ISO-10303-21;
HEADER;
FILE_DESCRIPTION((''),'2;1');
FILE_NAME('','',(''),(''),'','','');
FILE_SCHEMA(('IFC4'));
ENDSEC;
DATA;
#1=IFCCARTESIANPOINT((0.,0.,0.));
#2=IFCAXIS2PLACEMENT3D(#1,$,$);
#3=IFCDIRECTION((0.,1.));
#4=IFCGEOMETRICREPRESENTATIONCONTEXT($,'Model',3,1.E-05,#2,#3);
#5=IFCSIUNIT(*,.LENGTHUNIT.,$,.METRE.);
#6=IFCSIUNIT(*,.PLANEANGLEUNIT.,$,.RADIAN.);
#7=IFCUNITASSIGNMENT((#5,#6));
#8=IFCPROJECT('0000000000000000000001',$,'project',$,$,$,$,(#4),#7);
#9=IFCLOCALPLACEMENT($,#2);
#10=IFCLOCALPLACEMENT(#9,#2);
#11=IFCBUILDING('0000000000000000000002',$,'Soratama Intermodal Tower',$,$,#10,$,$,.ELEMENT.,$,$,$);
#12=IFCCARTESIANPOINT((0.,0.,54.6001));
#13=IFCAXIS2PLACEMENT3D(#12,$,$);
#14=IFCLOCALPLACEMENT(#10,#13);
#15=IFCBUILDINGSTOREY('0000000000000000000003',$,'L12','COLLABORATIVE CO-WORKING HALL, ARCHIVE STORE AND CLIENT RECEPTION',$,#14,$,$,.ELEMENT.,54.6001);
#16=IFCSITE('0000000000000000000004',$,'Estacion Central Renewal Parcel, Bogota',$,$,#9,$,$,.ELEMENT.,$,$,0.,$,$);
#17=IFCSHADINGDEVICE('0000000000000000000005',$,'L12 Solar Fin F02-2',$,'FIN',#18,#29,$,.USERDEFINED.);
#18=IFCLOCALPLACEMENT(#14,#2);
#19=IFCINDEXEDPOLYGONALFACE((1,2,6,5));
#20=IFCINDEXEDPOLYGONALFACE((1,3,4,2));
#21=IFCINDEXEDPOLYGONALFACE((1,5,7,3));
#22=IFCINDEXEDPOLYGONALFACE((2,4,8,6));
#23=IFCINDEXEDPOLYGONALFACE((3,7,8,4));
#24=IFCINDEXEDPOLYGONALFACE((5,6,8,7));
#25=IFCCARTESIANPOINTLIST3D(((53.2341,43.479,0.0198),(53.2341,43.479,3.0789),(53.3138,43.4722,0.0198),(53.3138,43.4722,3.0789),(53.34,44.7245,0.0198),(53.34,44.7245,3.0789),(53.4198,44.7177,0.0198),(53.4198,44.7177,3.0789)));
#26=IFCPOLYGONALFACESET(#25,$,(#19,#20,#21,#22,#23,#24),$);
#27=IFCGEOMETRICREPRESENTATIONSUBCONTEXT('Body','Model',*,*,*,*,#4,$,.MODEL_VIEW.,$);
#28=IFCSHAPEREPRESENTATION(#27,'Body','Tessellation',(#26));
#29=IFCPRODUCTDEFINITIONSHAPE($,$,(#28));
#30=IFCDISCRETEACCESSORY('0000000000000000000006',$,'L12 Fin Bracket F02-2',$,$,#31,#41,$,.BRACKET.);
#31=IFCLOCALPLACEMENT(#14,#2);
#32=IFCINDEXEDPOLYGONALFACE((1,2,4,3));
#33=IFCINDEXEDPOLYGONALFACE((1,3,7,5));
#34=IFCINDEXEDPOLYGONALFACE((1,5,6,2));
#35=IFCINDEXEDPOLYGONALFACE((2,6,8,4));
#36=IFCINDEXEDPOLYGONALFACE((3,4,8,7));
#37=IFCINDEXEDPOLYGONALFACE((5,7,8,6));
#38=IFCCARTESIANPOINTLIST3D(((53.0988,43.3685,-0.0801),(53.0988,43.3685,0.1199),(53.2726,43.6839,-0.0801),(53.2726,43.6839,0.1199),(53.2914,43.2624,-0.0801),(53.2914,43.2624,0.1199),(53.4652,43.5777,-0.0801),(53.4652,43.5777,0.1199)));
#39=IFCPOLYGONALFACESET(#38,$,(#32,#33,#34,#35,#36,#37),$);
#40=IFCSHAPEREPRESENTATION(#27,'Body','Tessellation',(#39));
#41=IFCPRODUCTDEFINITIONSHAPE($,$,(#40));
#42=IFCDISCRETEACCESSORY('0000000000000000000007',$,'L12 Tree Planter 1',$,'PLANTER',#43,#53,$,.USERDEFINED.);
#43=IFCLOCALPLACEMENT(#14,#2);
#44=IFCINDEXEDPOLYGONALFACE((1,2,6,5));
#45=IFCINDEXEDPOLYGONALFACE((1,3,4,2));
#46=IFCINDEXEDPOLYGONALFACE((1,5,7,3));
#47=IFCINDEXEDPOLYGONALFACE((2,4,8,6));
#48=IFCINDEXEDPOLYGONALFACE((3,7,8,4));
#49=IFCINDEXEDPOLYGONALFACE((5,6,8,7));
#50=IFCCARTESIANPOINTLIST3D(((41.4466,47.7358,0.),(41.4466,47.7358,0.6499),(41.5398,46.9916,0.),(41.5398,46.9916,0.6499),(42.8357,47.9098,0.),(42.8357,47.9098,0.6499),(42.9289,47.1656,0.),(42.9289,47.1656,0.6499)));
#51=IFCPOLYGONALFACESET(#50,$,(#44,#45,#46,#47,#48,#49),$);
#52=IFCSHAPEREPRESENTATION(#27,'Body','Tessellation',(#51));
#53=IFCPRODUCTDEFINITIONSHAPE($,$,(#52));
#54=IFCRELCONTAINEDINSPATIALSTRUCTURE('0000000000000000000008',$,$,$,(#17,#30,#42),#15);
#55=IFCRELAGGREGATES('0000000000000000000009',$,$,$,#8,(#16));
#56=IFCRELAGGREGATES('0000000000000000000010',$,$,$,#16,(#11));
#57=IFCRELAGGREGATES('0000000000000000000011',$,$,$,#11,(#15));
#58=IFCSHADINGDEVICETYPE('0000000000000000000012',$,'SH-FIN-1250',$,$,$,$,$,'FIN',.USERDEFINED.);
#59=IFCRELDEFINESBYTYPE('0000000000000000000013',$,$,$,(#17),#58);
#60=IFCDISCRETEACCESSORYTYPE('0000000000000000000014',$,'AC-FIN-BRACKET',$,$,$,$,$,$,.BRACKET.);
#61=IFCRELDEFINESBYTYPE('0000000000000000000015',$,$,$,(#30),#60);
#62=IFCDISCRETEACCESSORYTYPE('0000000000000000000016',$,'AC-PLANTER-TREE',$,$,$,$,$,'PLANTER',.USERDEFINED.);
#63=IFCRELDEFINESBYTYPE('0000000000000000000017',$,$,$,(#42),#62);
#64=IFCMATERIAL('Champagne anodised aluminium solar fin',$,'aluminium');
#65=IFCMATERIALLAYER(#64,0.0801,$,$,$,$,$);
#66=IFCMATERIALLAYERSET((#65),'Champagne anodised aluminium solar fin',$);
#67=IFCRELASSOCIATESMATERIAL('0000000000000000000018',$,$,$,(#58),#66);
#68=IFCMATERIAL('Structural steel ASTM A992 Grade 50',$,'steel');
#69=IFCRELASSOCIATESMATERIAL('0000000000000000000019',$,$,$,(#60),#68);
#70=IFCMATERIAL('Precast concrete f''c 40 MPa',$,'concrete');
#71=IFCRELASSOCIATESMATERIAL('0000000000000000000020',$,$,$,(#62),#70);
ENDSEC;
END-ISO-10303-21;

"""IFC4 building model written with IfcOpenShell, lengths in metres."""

from ifc_helpers import new_model, si_unit, direction, frame, origin, origin_2d, place, context, subcontext, project, spatial, rectangle, extrude, material, layer, layer_set, type_object, element, save


model = new_model("IFC4")

# Units and contexts
model_context = context("Model", 3, precision=1e-05, world=origin(), true_north=direction((0.0, 1.0)))
body_context = subcontext(model_context, "Body", "Model", "MODEL_VIEW")
ifc_project = project(units=[si_unit("LENGTHUNIT", "METRE"), si_unit("PLANEANGLEUNIT", "RADIAN")], contexts=[model_context])

# Site, building, storey
site_placement = place(None, origin())
site = spatial("IfcSite", under=ifc_project, at=site_placement, Name="Estacion Central Renewal Parcel, Bogota", CompositionType="ELEMENT", RefElevation=0.0)
building_placement = place(site_placement, origin())
building = spatial("IfcBuilding", under=site, at=building_placement, Name="Soratama Intermodal Tower", CompositionType="ELEMENT")
storey_placement = place(building_placement, frame((0.0, 0.0, 54.6001)))
storey = spatial("IfcBuildingStorey", under=building, at=storey_placement, Name="L12", Description="COLLABORATIVE CO-WORKING HALL, ARCHIVE STORE AND CLIENT RECEPTION", CompositionType="ELEMENT", Elevation=54.6001)

# Shading device
ifc_material_1 = material(Name="Champagne anodised aluminium solar fin", Category="aluminium")
ifc_layer_1 = layer(ifc_material_1, 0.0801)
ifc_layer_set_1 = layer_set([ifc_layer_1], Name="Champagne anodised aluminium solar fin")
shading_device_type = type_object("IfcShadingDeviceType", Name="SH-FIN-1250", ElementType="FIN", PredefinedType="USERDEFINED", material=ifc_layer_set_1)
shading_device_placement = place(storey_placement, frame((53.3269, 44.0984, 0.0198), z_axis=(0.0, 0.0, 1.0), x_axis=(0.084721, 0.996405, 0.0)))
element("IfcShadingDevice", 1, at=shading_device_placement, inside=storey, type_object=shading_device_type, Name="L12 Solar Fin F02-2", ObjectType="FIN", PredefinedType="USERDEFINED", context=body_context, shape_type="SweptSolid", body=[
    extrude(rectangle(XDim=1.25, YDim=0.0801, at=origin_2d()), origin(), (0.0, 0.0, 1.0), 3.0591),
])

# Discrete accessories
ifc_material_2 = material(Name="Structural steel ASTM A992 Grade 50", Category="steel")
discrete_accessory_type_1 = type_object("IfcDiscreteAccessoryType", Name="AC-FIN-BRACKET", PredefinedType="BRACKET", material=ifc_material_2)
discrete_accessory_1_placement = place(storey_placement, frame((53.282, 43.4731, -0.0801), z_axis=(0.0, 0.0, 1.0), x_axis=(0.482671, 0.875802, 0.0)))
element("IfcDiscreteAccessory", 2, at=discrete_accessory_1_placement, inside=storey, type_object=discrete_accessory_type_1, Name="L12 Fin Bracket F02-2", PredefinedType="BRACKET", context=body_context, shape_type="SweptSolid", body=[
    extrude(rectangle(XDim=0.3601, YDim=0.22, at=origin_2d()), origin(), (0.0, 0.0, 1.0), 0.2),
])
ifc_material_3 = material(Name="Precast concrete f'c 40 MPa", Category="concrete")
discrete_accessory_type_2 = type_object("IfcDiscreteAccessoryType", Name="AC-PLANTER-TREE", ElementType="PLANTER", PredefinedType="USERDEFINED", material=ifc_material_3)
discrete_accessory_2_placement = place(storey_placement, frame((42.1877, 47.4507, 0.0), z_axis=(0.0, 0.0, 1.0), x_axis=(-0.124294, 0.992245, 0.0)))
element("IfcDiscreteAccessory", 3, at=discrete_accessory_2_placement, inside=storey, type_object=discrete_accessory_type_2, Name="L12 Tree Planter 1", ObjectType="PLANTER", PredefinedType="USERDEFINED", context=body_context, shape_type="SweptSolid", body=[
    extrude(rectangle(XDim=0.75, YDim=1.3999, at=origin_2d()), origin(), (0.0, 0.0, 1.0), 0.6499),
])

save(model, "model.ifc")
